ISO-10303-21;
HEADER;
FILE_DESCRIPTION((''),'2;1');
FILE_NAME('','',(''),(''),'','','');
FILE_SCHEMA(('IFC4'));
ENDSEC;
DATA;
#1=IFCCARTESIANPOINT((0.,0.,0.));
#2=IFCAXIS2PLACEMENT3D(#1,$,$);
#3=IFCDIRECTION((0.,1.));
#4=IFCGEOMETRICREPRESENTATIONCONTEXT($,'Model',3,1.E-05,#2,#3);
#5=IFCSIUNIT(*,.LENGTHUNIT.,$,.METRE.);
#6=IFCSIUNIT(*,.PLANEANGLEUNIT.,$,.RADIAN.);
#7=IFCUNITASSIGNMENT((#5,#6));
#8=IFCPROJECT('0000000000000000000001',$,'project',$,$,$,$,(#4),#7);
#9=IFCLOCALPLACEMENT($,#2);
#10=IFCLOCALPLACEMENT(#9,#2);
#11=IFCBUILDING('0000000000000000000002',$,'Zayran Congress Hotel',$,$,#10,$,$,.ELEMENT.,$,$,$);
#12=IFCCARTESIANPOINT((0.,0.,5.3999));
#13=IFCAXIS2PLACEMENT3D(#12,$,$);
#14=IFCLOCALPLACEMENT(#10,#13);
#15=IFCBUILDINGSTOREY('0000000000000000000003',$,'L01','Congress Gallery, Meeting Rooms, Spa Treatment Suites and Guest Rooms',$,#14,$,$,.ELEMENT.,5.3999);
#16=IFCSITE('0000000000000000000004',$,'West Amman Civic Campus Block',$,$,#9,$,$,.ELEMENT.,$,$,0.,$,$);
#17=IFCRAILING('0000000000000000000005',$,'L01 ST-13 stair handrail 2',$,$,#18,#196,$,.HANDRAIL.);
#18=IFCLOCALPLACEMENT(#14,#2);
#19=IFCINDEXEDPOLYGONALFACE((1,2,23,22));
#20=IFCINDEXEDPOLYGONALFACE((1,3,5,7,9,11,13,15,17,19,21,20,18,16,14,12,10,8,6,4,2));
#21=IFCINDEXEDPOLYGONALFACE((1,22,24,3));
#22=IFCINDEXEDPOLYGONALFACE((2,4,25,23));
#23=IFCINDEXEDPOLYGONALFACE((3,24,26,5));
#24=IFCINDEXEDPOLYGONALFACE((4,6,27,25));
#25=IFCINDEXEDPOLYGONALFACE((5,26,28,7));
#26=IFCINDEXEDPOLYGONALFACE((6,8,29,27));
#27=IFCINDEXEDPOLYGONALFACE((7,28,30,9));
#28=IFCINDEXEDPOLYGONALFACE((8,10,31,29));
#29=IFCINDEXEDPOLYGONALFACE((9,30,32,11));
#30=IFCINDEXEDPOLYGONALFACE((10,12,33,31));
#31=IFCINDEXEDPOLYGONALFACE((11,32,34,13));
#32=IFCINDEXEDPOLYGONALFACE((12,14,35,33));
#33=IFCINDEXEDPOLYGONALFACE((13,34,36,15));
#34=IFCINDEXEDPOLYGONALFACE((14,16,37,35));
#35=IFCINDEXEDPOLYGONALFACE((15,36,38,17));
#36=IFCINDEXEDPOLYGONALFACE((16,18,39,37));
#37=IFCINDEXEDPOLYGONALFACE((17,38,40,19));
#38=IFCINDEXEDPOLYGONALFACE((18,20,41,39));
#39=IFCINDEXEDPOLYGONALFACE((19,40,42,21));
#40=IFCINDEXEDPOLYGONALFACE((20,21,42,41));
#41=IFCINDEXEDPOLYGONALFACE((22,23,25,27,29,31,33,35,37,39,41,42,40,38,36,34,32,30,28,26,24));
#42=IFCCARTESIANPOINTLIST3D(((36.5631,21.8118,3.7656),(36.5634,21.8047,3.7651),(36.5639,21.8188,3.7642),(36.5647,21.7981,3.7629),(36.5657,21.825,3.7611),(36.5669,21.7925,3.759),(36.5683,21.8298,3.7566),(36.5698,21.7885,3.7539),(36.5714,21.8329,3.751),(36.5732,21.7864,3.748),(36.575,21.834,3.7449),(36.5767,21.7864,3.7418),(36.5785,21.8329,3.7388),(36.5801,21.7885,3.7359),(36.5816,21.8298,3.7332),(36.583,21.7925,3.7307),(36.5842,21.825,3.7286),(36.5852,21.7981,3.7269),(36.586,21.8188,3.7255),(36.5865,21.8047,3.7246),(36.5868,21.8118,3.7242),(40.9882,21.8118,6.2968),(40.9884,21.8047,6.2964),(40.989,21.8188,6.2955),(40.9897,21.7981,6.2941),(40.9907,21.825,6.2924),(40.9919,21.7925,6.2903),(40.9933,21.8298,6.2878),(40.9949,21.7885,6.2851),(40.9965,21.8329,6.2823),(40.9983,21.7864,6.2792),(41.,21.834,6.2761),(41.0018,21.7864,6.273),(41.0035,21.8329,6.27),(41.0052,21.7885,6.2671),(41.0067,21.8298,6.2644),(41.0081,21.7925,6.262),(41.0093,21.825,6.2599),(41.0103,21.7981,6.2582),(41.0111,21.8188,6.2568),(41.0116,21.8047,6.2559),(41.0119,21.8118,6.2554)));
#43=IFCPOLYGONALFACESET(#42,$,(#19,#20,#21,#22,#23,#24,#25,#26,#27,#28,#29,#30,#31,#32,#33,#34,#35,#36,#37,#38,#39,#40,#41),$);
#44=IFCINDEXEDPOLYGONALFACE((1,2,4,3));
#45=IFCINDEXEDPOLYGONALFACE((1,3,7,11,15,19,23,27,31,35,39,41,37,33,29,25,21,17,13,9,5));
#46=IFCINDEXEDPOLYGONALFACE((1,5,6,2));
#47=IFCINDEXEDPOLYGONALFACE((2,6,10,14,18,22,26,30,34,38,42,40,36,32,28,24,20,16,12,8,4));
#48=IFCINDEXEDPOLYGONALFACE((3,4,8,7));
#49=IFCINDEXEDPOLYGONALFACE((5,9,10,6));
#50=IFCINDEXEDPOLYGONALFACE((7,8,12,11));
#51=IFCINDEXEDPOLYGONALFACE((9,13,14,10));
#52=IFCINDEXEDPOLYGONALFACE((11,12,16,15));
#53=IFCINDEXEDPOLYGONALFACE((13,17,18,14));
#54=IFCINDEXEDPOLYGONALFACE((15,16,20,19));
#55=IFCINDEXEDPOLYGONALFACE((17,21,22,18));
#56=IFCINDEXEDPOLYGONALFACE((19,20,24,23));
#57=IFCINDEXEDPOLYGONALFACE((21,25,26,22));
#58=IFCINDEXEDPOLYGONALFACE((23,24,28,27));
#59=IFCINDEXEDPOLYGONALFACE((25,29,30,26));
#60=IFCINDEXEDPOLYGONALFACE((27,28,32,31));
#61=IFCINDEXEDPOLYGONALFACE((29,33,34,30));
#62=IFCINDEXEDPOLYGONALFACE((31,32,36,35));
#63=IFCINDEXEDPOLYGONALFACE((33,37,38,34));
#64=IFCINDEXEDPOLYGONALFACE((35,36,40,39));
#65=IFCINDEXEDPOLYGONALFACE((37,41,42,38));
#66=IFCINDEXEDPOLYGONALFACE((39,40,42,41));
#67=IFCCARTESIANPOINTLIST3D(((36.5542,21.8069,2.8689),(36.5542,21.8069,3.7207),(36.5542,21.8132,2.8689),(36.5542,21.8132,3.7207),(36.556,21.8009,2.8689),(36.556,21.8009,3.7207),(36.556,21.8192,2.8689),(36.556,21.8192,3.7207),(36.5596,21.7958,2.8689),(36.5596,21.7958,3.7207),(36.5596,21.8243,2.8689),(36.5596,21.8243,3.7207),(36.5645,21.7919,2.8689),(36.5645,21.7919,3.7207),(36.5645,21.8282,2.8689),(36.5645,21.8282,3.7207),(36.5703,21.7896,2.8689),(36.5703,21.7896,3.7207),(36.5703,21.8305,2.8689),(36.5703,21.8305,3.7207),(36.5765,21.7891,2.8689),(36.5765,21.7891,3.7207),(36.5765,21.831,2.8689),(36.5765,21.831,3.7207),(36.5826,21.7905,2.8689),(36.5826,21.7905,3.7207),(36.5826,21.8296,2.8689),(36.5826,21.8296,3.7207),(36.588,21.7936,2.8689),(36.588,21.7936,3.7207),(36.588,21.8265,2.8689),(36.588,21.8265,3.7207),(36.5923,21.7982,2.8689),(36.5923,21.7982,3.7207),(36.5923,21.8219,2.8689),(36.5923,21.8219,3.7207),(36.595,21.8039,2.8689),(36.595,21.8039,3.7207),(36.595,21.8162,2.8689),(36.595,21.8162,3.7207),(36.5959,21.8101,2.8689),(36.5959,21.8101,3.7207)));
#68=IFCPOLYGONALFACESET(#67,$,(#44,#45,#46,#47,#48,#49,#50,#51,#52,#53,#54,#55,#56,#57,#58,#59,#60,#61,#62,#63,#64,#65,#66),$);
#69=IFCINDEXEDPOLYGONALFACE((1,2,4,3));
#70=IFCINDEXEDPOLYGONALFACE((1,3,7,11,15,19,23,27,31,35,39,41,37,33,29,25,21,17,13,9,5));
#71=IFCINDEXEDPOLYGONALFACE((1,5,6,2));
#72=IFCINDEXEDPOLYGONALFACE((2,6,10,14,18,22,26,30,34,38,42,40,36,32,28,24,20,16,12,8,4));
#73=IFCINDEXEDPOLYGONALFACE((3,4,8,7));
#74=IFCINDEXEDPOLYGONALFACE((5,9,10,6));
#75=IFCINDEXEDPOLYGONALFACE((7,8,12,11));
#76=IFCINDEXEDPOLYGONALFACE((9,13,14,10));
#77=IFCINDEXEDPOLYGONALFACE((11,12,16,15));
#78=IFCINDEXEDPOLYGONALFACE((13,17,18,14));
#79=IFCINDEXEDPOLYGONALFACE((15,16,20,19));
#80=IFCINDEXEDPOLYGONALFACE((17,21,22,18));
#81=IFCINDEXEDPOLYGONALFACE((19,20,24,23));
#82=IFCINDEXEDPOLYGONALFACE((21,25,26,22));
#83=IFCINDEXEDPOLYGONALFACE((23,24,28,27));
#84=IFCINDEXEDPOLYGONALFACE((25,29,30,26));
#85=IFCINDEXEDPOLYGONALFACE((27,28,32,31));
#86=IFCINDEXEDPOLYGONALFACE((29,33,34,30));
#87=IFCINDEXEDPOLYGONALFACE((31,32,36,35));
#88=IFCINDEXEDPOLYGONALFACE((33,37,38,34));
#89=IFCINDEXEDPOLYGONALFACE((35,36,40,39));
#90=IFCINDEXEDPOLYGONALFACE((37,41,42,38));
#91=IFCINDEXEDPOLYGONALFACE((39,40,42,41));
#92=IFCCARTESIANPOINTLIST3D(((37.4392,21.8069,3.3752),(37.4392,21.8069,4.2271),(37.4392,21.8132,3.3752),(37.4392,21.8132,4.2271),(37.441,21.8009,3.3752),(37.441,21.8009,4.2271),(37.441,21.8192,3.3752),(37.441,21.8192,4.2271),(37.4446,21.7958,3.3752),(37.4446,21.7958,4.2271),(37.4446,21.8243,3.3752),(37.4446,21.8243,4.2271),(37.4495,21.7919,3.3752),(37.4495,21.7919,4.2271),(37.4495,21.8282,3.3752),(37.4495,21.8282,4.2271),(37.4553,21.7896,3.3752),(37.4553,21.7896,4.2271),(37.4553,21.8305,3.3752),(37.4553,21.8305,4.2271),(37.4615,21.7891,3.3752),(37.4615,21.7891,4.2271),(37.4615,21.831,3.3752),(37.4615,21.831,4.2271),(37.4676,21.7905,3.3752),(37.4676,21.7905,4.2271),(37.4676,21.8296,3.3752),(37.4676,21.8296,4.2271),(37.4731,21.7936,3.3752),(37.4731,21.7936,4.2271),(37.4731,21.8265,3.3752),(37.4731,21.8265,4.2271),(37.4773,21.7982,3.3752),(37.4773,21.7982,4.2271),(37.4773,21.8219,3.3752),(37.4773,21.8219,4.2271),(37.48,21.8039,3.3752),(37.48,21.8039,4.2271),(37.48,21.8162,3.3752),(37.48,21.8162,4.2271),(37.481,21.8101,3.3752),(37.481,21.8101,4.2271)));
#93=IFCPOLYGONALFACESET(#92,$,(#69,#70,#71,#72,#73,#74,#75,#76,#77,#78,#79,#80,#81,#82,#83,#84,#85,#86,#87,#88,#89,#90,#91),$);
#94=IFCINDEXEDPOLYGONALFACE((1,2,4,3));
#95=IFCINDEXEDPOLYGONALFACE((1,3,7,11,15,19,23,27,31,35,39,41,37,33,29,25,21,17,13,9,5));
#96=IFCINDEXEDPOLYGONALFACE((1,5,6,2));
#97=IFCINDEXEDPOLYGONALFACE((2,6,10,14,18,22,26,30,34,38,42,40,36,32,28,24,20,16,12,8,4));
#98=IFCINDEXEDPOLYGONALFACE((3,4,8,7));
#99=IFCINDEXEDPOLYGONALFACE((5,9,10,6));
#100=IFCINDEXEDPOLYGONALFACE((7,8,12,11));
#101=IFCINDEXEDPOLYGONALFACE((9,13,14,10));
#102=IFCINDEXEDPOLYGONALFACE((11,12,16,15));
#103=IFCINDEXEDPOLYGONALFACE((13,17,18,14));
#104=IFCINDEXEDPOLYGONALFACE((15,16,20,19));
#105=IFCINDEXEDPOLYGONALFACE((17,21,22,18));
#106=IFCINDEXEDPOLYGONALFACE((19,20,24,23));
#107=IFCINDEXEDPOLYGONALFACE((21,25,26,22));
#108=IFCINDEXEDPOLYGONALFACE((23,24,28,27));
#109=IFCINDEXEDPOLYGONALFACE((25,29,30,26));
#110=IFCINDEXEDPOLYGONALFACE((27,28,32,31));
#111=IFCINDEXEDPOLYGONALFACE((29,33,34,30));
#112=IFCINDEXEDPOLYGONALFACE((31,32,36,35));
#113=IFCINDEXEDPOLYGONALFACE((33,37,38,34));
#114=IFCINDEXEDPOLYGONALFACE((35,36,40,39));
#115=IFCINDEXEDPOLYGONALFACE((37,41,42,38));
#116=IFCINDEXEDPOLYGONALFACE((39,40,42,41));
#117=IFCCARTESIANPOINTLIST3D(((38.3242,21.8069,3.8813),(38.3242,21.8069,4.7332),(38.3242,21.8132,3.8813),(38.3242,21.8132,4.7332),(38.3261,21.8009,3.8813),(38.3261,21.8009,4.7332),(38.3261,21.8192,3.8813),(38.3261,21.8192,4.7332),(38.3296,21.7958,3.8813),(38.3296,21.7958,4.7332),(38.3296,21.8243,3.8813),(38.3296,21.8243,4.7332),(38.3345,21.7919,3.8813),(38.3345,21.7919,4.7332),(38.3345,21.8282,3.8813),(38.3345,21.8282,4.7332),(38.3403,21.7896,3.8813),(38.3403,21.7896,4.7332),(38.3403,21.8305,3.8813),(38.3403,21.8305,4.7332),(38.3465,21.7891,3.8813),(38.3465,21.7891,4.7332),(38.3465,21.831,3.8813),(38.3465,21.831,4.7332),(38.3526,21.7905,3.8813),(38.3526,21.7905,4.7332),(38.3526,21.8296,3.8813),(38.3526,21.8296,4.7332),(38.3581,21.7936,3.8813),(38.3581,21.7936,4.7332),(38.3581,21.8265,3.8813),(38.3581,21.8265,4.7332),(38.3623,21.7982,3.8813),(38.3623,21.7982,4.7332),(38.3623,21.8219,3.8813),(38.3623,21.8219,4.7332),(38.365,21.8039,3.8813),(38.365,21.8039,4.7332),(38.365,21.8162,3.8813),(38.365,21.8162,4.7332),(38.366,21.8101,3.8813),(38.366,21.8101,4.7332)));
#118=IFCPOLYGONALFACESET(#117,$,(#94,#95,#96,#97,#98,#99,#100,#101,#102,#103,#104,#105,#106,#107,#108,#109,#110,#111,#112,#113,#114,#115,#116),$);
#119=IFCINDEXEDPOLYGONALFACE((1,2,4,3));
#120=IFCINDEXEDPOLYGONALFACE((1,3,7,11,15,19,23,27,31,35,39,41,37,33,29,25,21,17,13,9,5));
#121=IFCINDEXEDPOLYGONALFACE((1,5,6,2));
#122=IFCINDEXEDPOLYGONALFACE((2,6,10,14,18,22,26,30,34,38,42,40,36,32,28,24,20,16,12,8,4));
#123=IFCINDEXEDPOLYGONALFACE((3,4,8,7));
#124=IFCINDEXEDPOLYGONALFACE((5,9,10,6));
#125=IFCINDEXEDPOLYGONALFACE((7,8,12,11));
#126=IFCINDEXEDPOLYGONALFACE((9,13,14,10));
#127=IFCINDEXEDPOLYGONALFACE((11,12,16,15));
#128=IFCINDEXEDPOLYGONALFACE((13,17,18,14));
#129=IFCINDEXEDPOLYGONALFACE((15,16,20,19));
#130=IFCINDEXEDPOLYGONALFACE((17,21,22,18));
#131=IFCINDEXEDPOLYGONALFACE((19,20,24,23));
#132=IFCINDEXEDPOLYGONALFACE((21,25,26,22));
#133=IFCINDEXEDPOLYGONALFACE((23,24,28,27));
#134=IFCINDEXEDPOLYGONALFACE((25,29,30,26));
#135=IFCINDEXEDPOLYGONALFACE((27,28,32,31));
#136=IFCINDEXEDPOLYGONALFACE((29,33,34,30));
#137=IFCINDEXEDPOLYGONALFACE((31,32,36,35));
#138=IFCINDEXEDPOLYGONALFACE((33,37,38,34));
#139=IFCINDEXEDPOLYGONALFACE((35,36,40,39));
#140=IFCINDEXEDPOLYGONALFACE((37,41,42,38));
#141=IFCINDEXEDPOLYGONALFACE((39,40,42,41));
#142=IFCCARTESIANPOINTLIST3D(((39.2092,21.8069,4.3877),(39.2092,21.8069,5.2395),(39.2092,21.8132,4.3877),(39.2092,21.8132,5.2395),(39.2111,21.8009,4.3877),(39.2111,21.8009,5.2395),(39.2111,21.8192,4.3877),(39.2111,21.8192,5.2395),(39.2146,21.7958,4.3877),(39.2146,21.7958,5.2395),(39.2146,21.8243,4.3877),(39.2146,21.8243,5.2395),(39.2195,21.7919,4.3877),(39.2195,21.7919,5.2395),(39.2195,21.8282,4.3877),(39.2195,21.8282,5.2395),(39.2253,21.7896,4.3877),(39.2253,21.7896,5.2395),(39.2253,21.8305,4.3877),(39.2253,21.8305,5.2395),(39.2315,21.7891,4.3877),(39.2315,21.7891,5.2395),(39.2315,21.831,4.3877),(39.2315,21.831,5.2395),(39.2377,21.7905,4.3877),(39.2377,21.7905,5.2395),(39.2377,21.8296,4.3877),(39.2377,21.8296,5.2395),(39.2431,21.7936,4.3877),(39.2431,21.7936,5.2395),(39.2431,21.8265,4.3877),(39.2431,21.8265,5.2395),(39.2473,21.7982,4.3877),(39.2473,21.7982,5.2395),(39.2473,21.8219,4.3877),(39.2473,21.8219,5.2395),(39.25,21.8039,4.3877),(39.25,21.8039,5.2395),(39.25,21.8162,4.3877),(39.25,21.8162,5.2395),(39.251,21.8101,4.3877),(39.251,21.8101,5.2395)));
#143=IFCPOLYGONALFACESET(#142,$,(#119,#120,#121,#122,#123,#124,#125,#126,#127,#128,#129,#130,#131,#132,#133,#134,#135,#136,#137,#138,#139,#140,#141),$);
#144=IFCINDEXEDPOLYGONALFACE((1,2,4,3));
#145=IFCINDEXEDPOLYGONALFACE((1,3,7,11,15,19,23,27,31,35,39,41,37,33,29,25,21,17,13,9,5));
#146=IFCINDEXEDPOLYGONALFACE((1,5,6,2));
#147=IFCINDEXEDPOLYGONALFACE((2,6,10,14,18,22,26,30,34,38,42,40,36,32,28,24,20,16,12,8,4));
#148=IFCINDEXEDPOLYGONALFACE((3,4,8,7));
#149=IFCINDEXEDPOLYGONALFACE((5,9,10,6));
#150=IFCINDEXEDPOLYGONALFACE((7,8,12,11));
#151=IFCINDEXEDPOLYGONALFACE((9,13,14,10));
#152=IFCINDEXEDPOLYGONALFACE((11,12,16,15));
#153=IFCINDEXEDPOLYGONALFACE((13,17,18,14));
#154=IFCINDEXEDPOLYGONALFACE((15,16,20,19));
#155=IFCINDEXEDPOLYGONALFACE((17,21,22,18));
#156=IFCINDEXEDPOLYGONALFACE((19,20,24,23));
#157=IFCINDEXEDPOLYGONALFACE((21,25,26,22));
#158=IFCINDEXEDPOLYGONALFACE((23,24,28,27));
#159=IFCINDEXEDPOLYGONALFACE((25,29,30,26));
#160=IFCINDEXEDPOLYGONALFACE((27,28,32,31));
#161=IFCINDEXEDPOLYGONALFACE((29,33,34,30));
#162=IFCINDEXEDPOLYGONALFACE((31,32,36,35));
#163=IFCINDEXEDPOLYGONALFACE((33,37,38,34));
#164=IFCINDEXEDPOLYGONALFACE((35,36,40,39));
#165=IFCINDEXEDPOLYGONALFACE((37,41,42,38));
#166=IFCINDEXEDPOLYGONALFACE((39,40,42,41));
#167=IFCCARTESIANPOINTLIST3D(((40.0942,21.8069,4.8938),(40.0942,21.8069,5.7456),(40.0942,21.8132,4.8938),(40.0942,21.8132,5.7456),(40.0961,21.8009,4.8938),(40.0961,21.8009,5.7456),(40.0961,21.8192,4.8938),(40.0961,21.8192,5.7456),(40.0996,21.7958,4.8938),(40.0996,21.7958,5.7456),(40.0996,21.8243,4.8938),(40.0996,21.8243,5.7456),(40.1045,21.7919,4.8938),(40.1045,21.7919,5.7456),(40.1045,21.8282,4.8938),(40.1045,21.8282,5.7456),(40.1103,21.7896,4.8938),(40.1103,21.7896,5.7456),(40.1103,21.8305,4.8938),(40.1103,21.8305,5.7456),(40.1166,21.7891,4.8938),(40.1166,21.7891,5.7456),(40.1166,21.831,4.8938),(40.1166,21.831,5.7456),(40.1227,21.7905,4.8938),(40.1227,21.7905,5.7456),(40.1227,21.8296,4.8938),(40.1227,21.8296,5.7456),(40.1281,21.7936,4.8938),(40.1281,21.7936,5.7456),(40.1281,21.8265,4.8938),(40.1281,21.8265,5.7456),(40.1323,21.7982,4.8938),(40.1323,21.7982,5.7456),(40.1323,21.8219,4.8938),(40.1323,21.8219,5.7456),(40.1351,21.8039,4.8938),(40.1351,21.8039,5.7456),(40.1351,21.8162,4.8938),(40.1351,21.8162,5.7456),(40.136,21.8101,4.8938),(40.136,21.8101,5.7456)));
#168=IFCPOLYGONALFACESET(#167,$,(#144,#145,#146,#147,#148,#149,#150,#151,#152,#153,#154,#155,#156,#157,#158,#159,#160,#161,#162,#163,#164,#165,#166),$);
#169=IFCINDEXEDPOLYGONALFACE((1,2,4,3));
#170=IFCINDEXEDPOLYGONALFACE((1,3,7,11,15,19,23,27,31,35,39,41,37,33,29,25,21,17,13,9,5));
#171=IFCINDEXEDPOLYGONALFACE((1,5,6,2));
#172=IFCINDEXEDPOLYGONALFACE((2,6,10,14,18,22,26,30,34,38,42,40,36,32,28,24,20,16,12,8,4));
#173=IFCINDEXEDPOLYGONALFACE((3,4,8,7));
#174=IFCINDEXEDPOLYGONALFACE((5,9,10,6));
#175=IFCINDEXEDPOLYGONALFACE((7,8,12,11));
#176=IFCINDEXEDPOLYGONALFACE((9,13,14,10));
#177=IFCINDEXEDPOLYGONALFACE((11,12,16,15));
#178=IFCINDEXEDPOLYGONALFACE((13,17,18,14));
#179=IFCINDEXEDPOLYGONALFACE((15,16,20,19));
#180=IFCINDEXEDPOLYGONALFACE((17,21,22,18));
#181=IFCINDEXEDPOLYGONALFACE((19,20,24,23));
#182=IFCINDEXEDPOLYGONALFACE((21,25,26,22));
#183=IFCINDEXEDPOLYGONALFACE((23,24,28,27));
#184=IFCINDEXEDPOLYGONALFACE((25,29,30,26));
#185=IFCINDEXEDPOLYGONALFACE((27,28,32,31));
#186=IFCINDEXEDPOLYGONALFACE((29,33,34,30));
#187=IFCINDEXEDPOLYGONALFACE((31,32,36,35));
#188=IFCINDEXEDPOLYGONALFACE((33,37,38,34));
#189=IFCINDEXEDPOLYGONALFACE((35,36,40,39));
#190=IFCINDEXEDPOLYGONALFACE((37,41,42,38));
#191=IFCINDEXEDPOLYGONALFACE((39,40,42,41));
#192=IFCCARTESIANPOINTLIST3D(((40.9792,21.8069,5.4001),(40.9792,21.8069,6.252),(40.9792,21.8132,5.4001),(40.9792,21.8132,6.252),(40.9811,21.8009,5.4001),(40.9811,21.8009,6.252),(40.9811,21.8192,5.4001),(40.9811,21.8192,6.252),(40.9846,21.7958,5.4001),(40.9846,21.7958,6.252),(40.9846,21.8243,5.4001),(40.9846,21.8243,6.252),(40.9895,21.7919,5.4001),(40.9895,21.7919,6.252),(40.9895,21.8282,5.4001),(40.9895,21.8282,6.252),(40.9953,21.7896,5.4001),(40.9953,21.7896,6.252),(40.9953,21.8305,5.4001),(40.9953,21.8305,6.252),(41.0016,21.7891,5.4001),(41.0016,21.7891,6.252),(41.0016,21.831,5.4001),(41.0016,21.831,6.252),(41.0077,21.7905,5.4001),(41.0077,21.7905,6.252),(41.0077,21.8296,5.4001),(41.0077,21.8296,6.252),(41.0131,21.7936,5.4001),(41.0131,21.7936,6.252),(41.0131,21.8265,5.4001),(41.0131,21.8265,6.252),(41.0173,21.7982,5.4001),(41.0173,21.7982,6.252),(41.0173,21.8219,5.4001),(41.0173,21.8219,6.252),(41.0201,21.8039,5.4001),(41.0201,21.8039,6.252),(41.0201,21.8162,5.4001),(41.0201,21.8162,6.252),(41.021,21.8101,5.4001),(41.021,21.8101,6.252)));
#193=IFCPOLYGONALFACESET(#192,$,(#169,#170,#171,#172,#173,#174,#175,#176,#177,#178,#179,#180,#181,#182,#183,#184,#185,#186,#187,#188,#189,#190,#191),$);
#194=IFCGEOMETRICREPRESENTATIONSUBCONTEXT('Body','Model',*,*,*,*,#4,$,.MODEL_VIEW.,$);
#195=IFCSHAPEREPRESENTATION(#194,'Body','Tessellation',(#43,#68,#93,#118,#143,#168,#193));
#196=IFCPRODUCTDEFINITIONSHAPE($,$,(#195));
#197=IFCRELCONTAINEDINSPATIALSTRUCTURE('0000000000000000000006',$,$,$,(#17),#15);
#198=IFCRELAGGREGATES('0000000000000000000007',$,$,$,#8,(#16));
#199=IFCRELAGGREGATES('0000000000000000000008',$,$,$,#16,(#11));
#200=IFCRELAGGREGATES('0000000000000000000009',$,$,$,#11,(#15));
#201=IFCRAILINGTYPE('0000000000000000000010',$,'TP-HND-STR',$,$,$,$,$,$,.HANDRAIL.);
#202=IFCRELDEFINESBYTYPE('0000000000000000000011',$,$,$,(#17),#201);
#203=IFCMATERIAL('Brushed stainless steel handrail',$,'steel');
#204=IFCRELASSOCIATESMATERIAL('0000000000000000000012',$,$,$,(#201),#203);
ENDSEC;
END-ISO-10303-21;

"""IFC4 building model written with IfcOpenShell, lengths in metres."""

from ifc_helpers import new_model, si_unit, direction, frame, origin, origin_2d, place, context, subcontext, project, spatial, circle, extrude, material, type_object, element, save


model = new_model("IFC4")

# Units and contexts
model_context = context("Model", 3, precision=1e-05, world=origin(), true_north=direction((0.0, 1.0)))
body_context = subcontext(model_context, "Body", "Model", "MODEL_VIEW")
ifc_project = project(units=[si_unit("LENGTHUNIT", "METRE"), si_unit("PLANEANGLEUNIT", "RADIAN")], contexts=[model_context])

# Site, building, storey
site_placement = place(None, origin())
site = spatial("IfcSite", under=ifc_project, at=site_placement, Name="West Amman Civic Campus Block", CompositionType="ELEMENT", RefElevation=0.0)
building_placement = place(site_placement, origin())
building = spatial("IfcBuilding", under=site, at=building_placement, Name="Zayran Congress Hotel", CompositionType="ELEMENT")
storey_placement = place(building_placement, frame((0.0, 0.0, 5.3999)))
storey = spatial("IfcBuildingStorey", under=building, at=storey_placement, Name="L01", Description="Congress Gallery, Meeting Rooms, Spa Treatment Suites and Guest Rooms", CompositionType="ELEMENT", Elevation=5.3999)

# Railing
ifc_material_1 = material(Name="Brushed stainless steel handrail", Category="steel")
railing_type_1 = type_object("IfcRailingType", Name="TP-HND-STR", PredefinedType="HANDRAIL", material=ifc_material_1)
railing_1_placement = place(storey_placement, frame((36.575, 21.8101, 2.8689)))
element("IfcRailing", 1, at=railing_1_placement, inside=storey, type_object=railing_type_1, Name="L01 ST-13 stair handrail 2", PredefinedType="HANDRAIL", context=body_context, shape_type="SweptSolid", body=[
    extrude(circle(Radius=0.0239, at=origin_2d()), frame((0.0, 0.0, 0.876), z_axis=(0.868019, 0.0, 0.496531), x_axis=(0.0, 1.0, 0.0)), (0.0, 0.0, 1.0), 5.0979),
    extrude(circle(Radius=0.021, at=origin_2d()), origin(), (0.0, 0.0, 1.0), 0.8518),
    extrude(circle(Radius=0.021, at=origin_2d()), frame((0.885, 0.0, 0.5063)), (0.0, 0.0, 1.0), 0.8518),
    extrude(circle(Radius=0.021, at=origin_2d()), frame((1.77, 0.0, 1.0125)), (0.0, 0.0, 1.0), 0.8518),
    extrude(circle(Radius=0.021, at=origin_2d()), frame((2.655, 0.0, 1.5188)), (0.0, 0.0, 1.0), 0.8518),
    extrude(circle(Radius=0.021, at=origin_2d()), frame((3.54, 0.0, 2.0249)), (0.0, 0.0, 1.0), 0.8518),
    extrude(circle(Radius=0.021, at=origin_2d()), frame((4.425, 0.0, 2.5312)), (0.0, 0.0, 1.0), 0.8518),
])

save(model, "model.ifc")
